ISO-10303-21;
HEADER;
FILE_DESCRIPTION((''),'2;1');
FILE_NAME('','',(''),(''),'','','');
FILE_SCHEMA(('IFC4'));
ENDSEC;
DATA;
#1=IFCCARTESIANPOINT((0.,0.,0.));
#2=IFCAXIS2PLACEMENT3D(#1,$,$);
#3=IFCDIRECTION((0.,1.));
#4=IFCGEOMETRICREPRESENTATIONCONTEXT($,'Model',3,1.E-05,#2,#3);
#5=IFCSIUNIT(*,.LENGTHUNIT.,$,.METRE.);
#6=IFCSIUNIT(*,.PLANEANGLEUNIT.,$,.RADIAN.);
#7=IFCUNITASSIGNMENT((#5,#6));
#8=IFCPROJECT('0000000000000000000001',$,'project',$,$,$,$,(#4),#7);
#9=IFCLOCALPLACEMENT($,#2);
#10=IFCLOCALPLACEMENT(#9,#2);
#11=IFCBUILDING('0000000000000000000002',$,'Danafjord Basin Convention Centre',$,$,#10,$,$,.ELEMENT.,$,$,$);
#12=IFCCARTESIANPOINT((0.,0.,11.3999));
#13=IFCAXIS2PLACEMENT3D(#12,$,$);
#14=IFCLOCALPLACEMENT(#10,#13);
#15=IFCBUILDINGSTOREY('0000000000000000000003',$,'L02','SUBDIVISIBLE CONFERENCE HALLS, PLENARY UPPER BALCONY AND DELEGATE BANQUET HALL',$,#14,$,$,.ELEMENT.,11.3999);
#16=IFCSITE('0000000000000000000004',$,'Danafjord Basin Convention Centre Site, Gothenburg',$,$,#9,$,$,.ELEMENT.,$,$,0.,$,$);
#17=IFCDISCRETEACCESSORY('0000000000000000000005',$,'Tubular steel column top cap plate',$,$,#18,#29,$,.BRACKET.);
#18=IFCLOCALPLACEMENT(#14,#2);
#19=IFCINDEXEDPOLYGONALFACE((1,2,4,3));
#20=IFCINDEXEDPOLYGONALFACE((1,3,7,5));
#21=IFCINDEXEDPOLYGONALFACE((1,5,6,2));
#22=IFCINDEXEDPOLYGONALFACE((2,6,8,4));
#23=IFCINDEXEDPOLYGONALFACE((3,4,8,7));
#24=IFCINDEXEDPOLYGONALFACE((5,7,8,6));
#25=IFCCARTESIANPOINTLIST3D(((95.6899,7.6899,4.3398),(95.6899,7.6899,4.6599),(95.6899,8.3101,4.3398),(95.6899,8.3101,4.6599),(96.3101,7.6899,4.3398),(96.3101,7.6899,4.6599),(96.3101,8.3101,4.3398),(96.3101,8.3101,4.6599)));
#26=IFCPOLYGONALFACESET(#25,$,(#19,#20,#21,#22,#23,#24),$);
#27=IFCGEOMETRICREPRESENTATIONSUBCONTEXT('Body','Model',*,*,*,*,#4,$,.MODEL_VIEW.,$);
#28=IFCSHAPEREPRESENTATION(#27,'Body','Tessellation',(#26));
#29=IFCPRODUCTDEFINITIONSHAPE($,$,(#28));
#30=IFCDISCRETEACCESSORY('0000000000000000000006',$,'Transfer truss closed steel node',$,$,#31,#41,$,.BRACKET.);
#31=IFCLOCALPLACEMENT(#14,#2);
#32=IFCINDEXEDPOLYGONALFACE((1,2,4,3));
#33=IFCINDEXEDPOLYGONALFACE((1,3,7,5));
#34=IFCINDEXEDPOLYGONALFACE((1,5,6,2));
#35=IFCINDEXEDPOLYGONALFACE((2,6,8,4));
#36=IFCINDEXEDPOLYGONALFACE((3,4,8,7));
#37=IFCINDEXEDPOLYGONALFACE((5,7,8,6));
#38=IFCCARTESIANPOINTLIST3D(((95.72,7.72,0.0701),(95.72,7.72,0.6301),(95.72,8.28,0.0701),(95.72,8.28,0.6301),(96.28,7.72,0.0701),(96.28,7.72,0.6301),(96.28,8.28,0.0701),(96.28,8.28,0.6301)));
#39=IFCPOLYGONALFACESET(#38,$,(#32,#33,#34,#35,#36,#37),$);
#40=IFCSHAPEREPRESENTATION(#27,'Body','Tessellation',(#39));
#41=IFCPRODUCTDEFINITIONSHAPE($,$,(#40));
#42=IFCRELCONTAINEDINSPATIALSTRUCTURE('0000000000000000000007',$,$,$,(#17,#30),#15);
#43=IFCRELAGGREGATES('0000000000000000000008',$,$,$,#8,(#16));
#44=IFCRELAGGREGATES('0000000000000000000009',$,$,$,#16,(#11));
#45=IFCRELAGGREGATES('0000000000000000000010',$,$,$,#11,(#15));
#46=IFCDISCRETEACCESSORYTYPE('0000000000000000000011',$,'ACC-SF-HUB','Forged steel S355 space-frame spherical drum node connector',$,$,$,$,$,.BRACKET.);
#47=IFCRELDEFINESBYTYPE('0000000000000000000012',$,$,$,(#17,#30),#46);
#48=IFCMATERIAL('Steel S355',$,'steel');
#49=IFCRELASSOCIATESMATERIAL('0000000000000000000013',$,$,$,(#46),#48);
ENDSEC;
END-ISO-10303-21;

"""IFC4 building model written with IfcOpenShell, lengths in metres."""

from ifc_helpers import new_model, si_unit, direction, frame, origin, origin_2d, place, context, subcontext, project, spatial, rectangle, extrude, material, type_object, element, save


model = new_model("IFC4")

# Units and contexts
model_context = context("Model", 3, precision=1e-05, world=origin(), true_north=direction((0.0, 1.0)))
body_context = subcontext(model_context, "Body", "Model", "MODEL_VIEW")
ifc_project = project(units=[si_unit("LENGTHUNIT", "METRE"), si_unit("PLANEANGLEUNIT", "RADIAN")], contexts=[model_context])

# Site, building, storey
site_placement = place(None, origin())
site = spatial("IfcSite", under=ifc_project, at=site_placement, Name="Danafjord Basin Convention Centre Site, Gothenburg", CompositionType="ELEMENT", RefElevation=0.0)
building_placement = place(site_placement, origin())
building = spatial("IfcBuilding", under=site, at=building_placement, Name="Danafjord Basin Convention Centre", CompositionType="ELEMENT")
storey_placement = place(building_placement, frame((0.0, 0.0, 11.3999)))
storey = spatial("IfcBuildingStorey", under=building, at=storey_placement, Name="L02", Description="SUBDIVISIBLE CONFERENCE HALLS, PLENARY UPPER BALCONY AND DELEGATE BANQUET HALL", CompositionType="ELEMENT", Elevation=11.3999)

# Shared definitions
ifc_material_1 = material(Name="Steel S355", Category="steel")

# Discrete accessories
discrete_accessory_type = type_object("IfcDiscreteAccessoryType", Name="ACC-SF-HUB", Description="Forged steel S355 space-frame spherical drum node connector", PredefinedType="BRACKET", material=ifc_material_1)
for number, where, z_axis, x_axis, name in (
    (1, (96.0, 8.0, 4.3398), (0.0, 0.0, 1.0), (1.0, 0.0, 0.0), "Tubular steel column top cap plate"),
):
    element("IfcDiscreteAccessory", number, at=place(storey_placement, frame(where, z_axis=z_axis, x_axis=x_axis)), inside=storey, type_object=discrete_accessory_type, Name=name, PredefinedType="BRACKET", context=body_context, shape_type="SweptSolid", body=[
        extrude(rectangle(XDim=0.6201, YDim=0.6201, at=origin_2d()), origin(), (0.0, 0.0, 1.0), 0.3201),
    ])
discrete_accessory_placement = place(storey_placement, frame((96.0, 8.0, 0.0701), z_axis=(0.0, 0.0, 1.0), x_axis=(1.0, 0.0, 0.0)))
element("IfcDiscreteAccessory", 2, at=discrete_accessory_placement, inside=storey, type_object=discrete_accessory_type, Name="Transfer truss closed steel node", PredefinedType="BRACKET", context=body_context, shape_type="SweptSolid", body=[
    extrude(rectangle(XDim=0.5601, YDim=0.5601, at=origin_2d()), origin(), (0.0, 0.0, 1.0), 0.5601),
])

save(model, "model.ifc")
